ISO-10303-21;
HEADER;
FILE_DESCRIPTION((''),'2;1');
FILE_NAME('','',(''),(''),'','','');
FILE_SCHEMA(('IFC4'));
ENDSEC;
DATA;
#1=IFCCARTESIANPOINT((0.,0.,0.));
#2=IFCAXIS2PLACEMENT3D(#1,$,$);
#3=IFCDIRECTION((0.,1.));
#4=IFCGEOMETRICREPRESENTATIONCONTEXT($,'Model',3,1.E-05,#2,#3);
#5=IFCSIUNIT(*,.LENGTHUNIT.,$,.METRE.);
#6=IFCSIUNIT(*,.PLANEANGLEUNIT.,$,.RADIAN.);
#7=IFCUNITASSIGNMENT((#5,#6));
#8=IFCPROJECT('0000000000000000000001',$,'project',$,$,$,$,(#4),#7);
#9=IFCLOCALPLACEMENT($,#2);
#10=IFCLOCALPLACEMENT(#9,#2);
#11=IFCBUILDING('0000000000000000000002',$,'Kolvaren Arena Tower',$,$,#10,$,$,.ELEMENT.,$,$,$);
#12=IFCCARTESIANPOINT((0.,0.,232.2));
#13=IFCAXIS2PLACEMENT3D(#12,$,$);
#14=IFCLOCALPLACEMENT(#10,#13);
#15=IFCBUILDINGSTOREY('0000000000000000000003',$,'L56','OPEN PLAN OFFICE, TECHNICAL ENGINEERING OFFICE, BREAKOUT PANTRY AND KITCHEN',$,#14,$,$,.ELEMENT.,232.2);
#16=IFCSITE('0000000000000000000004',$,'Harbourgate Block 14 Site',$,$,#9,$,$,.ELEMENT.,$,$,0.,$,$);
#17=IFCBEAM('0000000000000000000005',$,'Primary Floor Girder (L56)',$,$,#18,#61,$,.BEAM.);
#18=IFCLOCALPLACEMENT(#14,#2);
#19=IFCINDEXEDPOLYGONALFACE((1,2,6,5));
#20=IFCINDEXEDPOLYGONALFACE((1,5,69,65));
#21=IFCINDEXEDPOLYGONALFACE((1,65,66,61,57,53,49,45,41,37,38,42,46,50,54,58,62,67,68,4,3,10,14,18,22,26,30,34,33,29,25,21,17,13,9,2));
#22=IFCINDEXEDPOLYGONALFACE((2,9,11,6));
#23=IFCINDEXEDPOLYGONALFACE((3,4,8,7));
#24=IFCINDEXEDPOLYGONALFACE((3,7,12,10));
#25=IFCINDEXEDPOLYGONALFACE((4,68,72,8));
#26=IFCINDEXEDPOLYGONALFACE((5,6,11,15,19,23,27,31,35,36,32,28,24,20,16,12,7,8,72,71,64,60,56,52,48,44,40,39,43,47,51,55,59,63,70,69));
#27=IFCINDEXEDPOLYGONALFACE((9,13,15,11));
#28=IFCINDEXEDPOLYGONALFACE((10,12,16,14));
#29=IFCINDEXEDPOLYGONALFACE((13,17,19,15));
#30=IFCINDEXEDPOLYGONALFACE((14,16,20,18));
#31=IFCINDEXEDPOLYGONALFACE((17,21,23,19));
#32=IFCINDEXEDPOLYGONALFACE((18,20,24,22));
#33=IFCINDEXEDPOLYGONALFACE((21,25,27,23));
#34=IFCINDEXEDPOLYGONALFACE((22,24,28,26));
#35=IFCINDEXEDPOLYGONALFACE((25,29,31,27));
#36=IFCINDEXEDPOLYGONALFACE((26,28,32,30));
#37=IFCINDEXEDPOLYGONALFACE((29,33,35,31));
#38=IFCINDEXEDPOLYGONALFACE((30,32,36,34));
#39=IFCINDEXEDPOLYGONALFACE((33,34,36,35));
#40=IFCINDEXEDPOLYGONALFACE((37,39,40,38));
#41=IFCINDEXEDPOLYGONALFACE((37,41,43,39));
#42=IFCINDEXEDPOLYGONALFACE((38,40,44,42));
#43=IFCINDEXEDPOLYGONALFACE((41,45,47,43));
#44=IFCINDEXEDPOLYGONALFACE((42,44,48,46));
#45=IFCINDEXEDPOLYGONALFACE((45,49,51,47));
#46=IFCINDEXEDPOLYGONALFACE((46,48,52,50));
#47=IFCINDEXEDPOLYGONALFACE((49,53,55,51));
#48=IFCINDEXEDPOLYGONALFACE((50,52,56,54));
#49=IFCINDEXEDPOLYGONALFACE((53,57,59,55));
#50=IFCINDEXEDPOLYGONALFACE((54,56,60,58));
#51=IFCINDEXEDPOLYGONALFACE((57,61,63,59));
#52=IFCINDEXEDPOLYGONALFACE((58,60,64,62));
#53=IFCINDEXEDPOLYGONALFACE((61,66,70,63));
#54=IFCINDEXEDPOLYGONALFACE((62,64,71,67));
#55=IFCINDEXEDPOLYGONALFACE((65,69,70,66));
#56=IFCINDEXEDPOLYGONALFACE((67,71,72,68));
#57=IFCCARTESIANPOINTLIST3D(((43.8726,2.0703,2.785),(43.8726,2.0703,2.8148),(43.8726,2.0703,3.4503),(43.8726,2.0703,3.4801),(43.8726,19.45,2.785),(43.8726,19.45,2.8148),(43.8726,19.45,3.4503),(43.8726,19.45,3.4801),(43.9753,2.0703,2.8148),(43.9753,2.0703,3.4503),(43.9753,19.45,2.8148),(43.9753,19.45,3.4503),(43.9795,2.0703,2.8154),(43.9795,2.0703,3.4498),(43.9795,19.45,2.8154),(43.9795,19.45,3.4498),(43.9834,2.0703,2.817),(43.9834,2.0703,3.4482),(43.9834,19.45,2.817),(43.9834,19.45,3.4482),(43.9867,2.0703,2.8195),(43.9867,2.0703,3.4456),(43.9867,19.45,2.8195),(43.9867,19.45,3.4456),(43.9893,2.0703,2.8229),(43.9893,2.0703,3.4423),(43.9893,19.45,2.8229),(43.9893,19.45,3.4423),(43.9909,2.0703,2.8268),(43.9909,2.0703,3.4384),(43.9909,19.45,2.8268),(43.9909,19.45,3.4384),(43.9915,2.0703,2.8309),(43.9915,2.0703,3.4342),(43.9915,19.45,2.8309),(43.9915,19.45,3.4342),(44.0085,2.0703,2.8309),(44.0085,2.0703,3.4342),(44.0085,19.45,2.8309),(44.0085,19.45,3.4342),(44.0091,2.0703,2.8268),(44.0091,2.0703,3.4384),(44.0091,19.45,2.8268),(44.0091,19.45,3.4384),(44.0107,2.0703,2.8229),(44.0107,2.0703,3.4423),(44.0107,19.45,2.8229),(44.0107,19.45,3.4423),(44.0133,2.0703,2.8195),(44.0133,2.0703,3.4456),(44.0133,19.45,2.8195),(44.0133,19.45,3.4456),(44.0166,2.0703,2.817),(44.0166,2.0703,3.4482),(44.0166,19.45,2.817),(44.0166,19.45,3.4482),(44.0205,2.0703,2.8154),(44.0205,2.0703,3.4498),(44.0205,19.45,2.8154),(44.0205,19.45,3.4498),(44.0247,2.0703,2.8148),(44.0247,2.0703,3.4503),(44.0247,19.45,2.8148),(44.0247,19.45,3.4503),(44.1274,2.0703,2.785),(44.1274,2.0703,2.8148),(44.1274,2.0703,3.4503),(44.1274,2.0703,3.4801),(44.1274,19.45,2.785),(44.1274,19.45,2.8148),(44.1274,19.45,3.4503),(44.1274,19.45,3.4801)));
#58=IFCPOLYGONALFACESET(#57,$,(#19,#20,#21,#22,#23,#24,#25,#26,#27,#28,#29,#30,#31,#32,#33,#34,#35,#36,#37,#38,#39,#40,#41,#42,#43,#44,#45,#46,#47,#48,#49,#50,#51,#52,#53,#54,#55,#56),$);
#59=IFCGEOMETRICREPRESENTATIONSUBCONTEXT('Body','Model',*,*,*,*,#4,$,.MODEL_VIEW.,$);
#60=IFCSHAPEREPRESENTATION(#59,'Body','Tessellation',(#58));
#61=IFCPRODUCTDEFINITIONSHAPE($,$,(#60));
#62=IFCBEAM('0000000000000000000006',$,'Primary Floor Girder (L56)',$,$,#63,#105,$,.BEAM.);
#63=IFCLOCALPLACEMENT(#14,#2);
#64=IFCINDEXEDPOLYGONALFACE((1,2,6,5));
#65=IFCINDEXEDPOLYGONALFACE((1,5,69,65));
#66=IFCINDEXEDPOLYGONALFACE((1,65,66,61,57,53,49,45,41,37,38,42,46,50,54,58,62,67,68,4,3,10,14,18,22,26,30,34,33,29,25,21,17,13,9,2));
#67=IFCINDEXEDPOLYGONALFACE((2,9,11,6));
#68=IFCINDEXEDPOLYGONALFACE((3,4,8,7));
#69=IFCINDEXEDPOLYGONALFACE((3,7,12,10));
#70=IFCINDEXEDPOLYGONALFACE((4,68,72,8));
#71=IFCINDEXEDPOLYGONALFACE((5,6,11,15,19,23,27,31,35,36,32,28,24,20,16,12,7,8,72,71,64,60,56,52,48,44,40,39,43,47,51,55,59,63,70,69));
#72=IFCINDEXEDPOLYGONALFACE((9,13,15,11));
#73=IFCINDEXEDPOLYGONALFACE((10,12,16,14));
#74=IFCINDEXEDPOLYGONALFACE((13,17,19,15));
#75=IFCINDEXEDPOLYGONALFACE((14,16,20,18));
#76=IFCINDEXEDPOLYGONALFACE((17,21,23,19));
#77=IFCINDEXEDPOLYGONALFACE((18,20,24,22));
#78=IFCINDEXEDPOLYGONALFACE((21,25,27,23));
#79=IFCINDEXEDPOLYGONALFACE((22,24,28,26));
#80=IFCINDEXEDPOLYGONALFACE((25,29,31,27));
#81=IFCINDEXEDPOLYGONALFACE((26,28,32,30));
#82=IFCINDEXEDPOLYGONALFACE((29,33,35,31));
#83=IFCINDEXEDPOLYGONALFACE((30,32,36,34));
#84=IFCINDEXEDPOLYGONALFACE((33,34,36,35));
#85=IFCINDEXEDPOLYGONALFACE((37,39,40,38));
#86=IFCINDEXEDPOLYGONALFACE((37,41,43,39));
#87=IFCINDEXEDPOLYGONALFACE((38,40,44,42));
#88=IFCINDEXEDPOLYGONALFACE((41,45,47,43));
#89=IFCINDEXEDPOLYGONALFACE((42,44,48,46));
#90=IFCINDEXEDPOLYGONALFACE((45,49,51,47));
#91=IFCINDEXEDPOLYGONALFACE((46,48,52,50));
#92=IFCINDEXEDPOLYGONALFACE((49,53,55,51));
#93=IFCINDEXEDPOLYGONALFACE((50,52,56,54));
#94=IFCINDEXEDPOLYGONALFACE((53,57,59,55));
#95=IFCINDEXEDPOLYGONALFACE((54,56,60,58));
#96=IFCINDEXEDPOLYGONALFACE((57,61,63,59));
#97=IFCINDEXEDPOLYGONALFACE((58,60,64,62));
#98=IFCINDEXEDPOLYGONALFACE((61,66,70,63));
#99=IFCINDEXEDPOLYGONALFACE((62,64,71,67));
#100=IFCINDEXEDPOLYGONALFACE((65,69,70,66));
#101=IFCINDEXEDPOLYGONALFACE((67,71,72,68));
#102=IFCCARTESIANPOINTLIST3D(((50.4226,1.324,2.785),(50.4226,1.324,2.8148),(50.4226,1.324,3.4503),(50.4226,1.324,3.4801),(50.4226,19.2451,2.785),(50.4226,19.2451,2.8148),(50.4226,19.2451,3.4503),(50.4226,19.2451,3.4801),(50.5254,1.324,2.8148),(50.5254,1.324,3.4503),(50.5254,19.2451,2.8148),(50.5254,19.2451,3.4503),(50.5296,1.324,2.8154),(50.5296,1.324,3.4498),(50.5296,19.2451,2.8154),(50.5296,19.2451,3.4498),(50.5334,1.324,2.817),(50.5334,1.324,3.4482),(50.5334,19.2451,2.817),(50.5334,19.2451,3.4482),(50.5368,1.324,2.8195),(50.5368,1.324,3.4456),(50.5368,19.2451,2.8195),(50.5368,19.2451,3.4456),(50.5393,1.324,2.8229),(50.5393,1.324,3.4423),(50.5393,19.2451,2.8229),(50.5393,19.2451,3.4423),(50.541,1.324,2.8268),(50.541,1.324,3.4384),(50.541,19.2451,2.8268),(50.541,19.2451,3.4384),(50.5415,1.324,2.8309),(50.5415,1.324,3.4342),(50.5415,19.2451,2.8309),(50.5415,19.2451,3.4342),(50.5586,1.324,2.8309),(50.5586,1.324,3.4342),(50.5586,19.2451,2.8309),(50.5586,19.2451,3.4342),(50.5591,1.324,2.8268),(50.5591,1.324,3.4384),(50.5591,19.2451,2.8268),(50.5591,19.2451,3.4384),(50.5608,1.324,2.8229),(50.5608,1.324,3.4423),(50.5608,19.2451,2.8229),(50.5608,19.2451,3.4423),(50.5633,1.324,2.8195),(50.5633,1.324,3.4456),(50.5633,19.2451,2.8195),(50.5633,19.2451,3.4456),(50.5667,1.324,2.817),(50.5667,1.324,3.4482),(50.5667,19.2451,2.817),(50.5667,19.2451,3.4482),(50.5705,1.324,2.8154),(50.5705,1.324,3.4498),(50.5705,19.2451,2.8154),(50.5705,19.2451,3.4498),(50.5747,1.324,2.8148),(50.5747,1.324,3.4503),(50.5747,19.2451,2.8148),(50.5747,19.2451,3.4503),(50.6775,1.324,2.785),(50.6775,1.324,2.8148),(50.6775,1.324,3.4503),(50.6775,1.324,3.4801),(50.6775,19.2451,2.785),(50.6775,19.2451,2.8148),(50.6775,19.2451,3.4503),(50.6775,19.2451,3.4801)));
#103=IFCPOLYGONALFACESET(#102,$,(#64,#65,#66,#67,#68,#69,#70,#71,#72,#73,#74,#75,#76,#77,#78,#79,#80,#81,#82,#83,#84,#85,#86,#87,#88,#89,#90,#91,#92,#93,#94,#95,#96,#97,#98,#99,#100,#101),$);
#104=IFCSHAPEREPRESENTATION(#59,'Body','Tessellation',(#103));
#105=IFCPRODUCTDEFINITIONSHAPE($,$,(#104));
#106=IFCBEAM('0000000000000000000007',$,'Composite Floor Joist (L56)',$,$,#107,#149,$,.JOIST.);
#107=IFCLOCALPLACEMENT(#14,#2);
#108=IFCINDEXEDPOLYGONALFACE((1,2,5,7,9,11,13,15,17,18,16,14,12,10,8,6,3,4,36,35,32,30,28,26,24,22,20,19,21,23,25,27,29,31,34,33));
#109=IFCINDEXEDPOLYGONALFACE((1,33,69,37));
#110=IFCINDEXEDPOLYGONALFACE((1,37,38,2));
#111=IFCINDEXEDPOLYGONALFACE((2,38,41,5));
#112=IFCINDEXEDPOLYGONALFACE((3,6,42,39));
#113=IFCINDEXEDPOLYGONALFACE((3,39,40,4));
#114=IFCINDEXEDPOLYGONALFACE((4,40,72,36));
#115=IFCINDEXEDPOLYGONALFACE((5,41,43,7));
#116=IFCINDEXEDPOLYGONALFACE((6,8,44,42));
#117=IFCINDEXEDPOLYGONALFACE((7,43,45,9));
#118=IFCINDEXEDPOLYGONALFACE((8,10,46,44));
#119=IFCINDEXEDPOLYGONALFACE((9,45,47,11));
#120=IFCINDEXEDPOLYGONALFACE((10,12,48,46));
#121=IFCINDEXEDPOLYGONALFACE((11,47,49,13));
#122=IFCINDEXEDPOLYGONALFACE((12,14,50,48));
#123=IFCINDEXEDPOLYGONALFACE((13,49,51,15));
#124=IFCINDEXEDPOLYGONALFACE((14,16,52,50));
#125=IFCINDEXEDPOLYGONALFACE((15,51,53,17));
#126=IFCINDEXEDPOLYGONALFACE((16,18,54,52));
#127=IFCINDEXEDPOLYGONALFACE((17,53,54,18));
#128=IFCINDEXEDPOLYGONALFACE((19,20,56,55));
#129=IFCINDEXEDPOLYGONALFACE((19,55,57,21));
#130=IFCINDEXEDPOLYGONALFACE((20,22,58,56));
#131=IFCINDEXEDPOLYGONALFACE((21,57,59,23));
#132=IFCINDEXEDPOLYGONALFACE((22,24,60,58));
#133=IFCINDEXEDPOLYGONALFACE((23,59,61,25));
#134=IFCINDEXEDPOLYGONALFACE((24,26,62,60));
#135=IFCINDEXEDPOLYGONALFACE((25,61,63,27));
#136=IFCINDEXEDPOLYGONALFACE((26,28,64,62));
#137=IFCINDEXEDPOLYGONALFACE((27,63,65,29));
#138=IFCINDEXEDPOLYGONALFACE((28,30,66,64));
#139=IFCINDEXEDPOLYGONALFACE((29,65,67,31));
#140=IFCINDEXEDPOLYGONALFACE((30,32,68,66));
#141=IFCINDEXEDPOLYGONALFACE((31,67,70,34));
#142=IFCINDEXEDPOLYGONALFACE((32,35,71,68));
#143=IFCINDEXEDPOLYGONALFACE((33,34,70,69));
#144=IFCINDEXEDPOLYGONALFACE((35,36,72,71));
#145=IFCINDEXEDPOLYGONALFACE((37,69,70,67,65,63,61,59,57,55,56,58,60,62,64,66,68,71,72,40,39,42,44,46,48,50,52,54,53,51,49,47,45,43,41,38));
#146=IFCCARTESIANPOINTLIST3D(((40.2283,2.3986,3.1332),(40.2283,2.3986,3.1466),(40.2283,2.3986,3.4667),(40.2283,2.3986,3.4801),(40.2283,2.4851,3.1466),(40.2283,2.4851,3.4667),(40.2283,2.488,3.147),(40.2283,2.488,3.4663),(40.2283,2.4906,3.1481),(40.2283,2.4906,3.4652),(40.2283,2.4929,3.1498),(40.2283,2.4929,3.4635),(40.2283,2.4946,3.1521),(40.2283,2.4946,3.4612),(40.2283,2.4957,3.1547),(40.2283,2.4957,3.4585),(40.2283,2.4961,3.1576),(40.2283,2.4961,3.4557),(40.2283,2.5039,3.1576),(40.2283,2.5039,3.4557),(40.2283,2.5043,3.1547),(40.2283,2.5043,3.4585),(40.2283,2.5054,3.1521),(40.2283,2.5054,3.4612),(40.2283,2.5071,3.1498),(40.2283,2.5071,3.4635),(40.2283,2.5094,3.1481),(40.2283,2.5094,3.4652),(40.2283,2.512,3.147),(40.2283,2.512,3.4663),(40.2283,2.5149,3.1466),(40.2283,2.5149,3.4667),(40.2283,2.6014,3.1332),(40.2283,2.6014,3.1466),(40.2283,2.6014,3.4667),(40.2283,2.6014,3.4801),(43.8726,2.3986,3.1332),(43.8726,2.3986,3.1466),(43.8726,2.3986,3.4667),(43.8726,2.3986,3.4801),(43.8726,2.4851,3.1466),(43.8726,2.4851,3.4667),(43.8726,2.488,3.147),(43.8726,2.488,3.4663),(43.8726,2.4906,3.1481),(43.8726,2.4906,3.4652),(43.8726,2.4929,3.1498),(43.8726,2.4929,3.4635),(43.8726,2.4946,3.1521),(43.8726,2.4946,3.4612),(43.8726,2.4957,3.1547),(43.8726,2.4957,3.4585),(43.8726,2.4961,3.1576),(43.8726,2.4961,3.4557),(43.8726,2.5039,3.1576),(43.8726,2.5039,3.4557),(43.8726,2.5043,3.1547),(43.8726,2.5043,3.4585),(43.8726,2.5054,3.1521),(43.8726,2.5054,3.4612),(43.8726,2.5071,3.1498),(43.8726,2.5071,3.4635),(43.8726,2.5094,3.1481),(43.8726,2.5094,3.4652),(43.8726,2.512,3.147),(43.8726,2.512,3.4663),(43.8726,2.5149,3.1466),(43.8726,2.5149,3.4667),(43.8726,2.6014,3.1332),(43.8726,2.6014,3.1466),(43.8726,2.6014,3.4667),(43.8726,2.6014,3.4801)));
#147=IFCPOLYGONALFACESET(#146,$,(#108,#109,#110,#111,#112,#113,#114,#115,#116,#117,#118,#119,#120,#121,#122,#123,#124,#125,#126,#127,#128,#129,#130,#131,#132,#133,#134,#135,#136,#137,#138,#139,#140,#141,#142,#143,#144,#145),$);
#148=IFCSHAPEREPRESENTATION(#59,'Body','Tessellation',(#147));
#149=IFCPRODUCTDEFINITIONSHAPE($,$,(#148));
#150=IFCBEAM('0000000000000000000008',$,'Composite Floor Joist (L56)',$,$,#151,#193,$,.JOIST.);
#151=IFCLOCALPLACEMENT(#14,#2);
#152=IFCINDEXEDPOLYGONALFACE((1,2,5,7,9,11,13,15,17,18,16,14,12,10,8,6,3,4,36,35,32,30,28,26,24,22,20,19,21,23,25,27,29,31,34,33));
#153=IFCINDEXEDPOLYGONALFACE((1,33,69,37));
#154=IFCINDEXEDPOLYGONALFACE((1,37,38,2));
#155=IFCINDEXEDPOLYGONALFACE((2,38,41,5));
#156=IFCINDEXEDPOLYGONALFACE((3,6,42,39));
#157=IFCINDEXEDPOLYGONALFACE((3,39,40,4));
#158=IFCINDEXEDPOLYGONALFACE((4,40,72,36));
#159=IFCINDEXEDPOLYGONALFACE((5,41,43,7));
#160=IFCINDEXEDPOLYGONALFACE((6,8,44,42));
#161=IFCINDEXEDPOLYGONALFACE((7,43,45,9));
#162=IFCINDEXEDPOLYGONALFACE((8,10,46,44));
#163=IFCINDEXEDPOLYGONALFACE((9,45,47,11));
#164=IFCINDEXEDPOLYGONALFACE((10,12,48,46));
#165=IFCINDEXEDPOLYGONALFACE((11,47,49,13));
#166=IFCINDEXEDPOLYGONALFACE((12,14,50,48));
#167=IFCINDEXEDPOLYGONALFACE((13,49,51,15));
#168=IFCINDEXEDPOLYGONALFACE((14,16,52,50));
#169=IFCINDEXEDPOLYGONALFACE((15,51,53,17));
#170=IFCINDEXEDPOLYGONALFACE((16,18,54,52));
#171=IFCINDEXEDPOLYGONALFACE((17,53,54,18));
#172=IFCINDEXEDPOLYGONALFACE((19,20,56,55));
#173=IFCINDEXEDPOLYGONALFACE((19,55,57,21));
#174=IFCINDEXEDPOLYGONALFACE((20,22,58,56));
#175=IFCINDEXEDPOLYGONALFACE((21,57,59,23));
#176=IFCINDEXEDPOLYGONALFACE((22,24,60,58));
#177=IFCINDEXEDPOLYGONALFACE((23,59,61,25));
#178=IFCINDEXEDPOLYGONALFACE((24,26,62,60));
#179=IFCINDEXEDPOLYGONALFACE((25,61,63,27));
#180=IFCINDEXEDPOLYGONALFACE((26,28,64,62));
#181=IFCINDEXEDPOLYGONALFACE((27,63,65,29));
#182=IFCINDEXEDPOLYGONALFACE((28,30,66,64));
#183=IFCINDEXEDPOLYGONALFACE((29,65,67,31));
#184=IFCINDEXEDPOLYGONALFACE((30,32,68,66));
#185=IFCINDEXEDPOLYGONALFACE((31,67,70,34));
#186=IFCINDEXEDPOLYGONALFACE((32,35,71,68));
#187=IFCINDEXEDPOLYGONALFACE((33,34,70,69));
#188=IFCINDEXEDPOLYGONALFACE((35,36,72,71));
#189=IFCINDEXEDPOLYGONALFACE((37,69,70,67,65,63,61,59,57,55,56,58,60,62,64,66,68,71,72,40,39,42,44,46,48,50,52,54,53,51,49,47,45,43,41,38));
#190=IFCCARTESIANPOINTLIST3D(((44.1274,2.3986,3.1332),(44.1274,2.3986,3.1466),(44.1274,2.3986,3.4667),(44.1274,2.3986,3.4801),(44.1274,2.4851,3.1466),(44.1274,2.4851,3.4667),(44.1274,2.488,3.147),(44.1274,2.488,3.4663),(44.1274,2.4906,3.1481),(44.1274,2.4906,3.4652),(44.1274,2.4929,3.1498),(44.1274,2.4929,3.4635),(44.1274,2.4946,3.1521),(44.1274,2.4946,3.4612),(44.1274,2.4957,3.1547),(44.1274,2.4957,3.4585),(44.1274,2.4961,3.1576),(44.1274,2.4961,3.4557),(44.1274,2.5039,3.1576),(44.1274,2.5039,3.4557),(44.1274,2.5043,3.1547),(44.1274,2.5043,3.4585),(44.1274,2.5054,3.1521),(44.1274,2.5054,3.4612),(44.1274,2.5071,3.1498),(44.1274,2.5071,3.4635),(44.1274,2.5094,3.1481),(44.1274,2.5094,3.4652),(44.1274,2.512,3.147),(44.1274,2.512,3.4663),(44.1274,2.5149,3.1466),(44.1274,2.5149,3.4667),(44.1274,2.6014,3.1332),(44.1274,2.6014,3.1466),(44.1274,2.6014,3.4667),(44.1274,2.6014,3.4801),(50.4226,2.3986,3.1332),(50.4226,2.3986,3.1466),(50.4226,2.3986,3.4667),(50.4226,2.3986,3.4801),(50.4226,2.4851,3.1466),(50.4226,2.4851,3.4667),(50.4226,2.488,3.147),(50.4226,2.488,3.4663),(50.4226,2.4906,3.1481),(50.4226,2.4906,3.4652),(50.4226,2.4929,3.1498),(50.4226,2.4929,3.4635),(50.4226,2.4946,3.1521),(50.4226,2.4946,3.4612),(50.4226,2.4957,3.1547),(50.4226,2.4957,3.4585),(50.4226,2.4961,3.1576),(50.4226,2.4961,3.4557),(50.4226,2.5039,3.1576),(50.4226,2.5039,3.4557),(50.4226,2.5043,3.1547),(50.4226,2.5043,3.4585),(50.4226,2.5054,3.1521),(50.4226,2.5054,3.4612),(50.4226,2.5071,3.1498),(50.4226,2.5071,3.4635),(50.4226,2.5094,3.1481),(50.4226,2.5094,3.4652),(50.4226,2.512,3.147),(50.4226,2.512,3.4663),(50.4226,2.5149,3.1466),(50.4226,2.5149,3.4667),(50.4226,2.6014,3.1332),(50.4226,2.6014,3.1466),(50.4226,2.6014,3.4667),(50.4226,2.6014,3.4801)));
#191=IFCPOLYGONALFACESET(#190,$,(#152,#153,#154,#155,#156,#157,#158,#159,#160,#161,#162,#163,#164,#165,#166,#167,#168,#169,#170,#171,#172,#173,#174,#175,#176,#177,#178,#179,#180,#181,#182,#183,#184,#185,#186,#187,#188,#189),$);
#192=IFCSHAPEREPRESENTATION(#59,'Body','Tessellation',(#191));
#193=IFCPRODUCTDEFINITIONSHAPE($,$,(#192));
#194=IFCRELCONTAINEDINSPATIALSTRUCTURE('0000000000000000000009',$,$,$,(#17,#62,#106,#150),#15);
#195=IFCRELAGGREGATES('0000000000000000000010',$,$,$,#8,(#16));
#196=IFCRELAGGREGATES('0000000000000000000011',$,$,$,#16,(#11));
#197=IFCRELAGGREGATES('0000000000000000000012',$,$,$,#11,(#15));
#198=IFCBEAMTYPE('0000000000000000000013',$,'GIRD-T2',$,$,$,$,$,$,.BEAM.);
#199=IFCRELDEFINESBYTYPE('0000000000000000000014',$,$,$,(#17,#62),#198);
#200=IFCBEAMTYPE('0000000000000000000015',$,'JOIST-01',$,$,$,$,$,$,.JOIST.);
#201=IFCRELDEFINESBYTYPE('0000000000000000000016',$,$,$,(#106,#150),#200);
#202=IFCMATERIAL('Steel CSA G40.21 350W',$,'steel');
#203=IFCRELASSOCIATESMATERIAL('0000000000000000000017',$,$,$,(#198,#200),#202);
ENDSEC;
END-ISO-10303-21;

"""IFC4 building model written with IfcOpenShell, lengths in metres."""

from ifc_helpers import new_model, si_unit, direction, frame, origin, origin_2d, place, context, subcontext, project, spatial, i_section, extrude, material, material_profile, profile_set, type_object, element, save


model = new_model("IFC4")

# Units and contexts
model_context = context("Model", 3, precision=1e-05, world=origin(), true_north=direction((0.0, 1.0)))
body_context = subcontext(model_context, "Body", "Model", "MODEL_VIEW")
ifc_project = project(units=[si_unit("LENGTHUNIT", "METRE"), si_unit("PLANEANGLEUNIT", "RADIAN")], contexts=[model_context])

# Site, building, storey
site_placement = place(None, origin())
site = spatial("IfcSite", under=ifc_project, at=site_placement, Name="Harbourgate Block 14 Site", CompositionType="ELEMENT", RefElevation=0.0)
building_placement = place(site_placement, origin())
building = spatial("IfcBuilding", under=site, at=building_placement, Name="Kolvaren Arena Tower", CompositionType="ELEMENT")
storey_placement = place(building_placement, frame((0.0, 0.0, 232.2)))
storey = spatial("IfcBuildingStorey", under=building, at=storey_placement, Name="L56", Description="OPEN PLAN OFFICE, TECHNICAL ENGINEERING OFFICE, BREAKOUT PANTRY AND KITCHEN", CompositionType="ELEMENT", Elevation=232.2)

# Beams
ifc_material_1 = material(Name="Steel CSA G40.21 350W", Category="steel")
ifc_material_profile_1 = material_profile(ifc_material_1, i_section(OverallWidth=0.2549, OverallDepth=0.6951, WebThickness=0.0171, FlangeThickness=0.0298, FilletRadius=0.0161, at=origin_2d()), Name="W690x217")
ifc_profile_set_1 = profile_set([ifc_material_profile_1], Name="Steel CSA G40.21 350W")
beam_type_1 = type_object("IfcBeamType", Name="GIRD-T2", PredefinedType="BEAM", material=ifc_profile_set_1)
beam_1_placement = place(storey_placement, frame((44.0, 2.0703, 3.1326), z_axis=(0.0, 1.0, 0.0), x_axis=(-1.0, 0.0, 0.0)))
element("IfcBeam", 1, at=beam_1_placement, inside=storey, type_object=beam_type_1, Name="Primary Floor Girder (L56)", PredefinedType="BEAM", context=body_context, shape_type="SweptSolid", body=[
    extrude(i_section(OverallWidth=0.2549, OverallDepth=0.6951, WebThickness=0.0171, FlangeThickness=0.0298, FilletRadius=0.0161, at=origin_2d()), origin(), (0.0, 0.0, 1.0), 17.3796),
])
beam_2_placement = place(storey_placement, frame((50.55, 1.324, 3.1326), z_axis=(0.0, 1.0, 0.0), x_axis=(-1.0, 0.0, 0.0)))
element("IfcBeam", 2, at=beam_2_placement, inside=storey, type_object=beam_type_1, Name="Primary Floor Girder (L56)", PredefinedType="BEAM", context=body_context, shape_type="SweptSolid", body=[
    extrude(i_section(OverallWidth=0.2549, OverallDepth=0.6951, WebThickness=0.0171, FlangeThickness=0.0298, FilletRadius=0.0161, at=origin_2d()), origin(), (0.0, 0.0, 1.0), 17.9211),
])
ifc_material_profile_2 = material_profile(ifc_material_1, i_section(OverallWidth=0.2029, OverallDepth=0.3469, WebThickness=0.0078, FlangeThickness=0.0134, FilletRadius=0.011, at=origin_2d()), Name="W360x64")
ifc_profile_set_2 = profile_set([ifc_material_profile_2], Name="Steel CSA G40.21 350W")
beam_type_2 = type_object("IfcBeamType", Name="JOIST-01", PredefinedType="JOIST", material=ifc_profile_set_2)
beam_3_placement = place(storey_placement, frame((40.2283, 2.5, 3.3066), z_axis=(1.0, 0.0, 0.0), x_axis=(0.0, 1.0, 0.0)))
element("IfcBeam", 3, at=beam_3_placement, inside=storey, type_object=beam_type_2, Name="Composite Floor Joist (L56)", PredefinedType="JOIST", context=body_context, shape_type="SweptSolid", body=[
    extrude(i_section(OverallWidth=0.2029, OverallDepth=0.3469, WebThickness=0.0078, FlangeThickness=0.0134, FilletRadius=0.011, at=origin_2d()), origin(), (0.0, 0.0, 1.0), 3.6443),
])
for number, where, z_axis, x_axis, name in (
    (4, (44.1274, 2.5, 3.3066), (1.0, 0.0, 0.0), (0.0, 1.0, 0.0), "Composite Floor Joist (L56)"),
):
    element("IfcBeam", number, at=place(storey_placement, frame(where, z_axis=z_axis, x_axis=x_axis)), inside=storey, type_object=beam_type_2, Name=name, PredefinedType="JOIST", context=body_context, shape_type="SweptSolid", body=[
        extrude(i_section(OverallWidth=0.2029, OverallDepth=0.3469, WebThickness=0.0078, FlangeThickness=0.0134, FilletRadius=0.011, at=origin_2d()), origin(), (0.0, 0.0, 1.0), 6.2952),
    ])

save(model, "model.ifc")
